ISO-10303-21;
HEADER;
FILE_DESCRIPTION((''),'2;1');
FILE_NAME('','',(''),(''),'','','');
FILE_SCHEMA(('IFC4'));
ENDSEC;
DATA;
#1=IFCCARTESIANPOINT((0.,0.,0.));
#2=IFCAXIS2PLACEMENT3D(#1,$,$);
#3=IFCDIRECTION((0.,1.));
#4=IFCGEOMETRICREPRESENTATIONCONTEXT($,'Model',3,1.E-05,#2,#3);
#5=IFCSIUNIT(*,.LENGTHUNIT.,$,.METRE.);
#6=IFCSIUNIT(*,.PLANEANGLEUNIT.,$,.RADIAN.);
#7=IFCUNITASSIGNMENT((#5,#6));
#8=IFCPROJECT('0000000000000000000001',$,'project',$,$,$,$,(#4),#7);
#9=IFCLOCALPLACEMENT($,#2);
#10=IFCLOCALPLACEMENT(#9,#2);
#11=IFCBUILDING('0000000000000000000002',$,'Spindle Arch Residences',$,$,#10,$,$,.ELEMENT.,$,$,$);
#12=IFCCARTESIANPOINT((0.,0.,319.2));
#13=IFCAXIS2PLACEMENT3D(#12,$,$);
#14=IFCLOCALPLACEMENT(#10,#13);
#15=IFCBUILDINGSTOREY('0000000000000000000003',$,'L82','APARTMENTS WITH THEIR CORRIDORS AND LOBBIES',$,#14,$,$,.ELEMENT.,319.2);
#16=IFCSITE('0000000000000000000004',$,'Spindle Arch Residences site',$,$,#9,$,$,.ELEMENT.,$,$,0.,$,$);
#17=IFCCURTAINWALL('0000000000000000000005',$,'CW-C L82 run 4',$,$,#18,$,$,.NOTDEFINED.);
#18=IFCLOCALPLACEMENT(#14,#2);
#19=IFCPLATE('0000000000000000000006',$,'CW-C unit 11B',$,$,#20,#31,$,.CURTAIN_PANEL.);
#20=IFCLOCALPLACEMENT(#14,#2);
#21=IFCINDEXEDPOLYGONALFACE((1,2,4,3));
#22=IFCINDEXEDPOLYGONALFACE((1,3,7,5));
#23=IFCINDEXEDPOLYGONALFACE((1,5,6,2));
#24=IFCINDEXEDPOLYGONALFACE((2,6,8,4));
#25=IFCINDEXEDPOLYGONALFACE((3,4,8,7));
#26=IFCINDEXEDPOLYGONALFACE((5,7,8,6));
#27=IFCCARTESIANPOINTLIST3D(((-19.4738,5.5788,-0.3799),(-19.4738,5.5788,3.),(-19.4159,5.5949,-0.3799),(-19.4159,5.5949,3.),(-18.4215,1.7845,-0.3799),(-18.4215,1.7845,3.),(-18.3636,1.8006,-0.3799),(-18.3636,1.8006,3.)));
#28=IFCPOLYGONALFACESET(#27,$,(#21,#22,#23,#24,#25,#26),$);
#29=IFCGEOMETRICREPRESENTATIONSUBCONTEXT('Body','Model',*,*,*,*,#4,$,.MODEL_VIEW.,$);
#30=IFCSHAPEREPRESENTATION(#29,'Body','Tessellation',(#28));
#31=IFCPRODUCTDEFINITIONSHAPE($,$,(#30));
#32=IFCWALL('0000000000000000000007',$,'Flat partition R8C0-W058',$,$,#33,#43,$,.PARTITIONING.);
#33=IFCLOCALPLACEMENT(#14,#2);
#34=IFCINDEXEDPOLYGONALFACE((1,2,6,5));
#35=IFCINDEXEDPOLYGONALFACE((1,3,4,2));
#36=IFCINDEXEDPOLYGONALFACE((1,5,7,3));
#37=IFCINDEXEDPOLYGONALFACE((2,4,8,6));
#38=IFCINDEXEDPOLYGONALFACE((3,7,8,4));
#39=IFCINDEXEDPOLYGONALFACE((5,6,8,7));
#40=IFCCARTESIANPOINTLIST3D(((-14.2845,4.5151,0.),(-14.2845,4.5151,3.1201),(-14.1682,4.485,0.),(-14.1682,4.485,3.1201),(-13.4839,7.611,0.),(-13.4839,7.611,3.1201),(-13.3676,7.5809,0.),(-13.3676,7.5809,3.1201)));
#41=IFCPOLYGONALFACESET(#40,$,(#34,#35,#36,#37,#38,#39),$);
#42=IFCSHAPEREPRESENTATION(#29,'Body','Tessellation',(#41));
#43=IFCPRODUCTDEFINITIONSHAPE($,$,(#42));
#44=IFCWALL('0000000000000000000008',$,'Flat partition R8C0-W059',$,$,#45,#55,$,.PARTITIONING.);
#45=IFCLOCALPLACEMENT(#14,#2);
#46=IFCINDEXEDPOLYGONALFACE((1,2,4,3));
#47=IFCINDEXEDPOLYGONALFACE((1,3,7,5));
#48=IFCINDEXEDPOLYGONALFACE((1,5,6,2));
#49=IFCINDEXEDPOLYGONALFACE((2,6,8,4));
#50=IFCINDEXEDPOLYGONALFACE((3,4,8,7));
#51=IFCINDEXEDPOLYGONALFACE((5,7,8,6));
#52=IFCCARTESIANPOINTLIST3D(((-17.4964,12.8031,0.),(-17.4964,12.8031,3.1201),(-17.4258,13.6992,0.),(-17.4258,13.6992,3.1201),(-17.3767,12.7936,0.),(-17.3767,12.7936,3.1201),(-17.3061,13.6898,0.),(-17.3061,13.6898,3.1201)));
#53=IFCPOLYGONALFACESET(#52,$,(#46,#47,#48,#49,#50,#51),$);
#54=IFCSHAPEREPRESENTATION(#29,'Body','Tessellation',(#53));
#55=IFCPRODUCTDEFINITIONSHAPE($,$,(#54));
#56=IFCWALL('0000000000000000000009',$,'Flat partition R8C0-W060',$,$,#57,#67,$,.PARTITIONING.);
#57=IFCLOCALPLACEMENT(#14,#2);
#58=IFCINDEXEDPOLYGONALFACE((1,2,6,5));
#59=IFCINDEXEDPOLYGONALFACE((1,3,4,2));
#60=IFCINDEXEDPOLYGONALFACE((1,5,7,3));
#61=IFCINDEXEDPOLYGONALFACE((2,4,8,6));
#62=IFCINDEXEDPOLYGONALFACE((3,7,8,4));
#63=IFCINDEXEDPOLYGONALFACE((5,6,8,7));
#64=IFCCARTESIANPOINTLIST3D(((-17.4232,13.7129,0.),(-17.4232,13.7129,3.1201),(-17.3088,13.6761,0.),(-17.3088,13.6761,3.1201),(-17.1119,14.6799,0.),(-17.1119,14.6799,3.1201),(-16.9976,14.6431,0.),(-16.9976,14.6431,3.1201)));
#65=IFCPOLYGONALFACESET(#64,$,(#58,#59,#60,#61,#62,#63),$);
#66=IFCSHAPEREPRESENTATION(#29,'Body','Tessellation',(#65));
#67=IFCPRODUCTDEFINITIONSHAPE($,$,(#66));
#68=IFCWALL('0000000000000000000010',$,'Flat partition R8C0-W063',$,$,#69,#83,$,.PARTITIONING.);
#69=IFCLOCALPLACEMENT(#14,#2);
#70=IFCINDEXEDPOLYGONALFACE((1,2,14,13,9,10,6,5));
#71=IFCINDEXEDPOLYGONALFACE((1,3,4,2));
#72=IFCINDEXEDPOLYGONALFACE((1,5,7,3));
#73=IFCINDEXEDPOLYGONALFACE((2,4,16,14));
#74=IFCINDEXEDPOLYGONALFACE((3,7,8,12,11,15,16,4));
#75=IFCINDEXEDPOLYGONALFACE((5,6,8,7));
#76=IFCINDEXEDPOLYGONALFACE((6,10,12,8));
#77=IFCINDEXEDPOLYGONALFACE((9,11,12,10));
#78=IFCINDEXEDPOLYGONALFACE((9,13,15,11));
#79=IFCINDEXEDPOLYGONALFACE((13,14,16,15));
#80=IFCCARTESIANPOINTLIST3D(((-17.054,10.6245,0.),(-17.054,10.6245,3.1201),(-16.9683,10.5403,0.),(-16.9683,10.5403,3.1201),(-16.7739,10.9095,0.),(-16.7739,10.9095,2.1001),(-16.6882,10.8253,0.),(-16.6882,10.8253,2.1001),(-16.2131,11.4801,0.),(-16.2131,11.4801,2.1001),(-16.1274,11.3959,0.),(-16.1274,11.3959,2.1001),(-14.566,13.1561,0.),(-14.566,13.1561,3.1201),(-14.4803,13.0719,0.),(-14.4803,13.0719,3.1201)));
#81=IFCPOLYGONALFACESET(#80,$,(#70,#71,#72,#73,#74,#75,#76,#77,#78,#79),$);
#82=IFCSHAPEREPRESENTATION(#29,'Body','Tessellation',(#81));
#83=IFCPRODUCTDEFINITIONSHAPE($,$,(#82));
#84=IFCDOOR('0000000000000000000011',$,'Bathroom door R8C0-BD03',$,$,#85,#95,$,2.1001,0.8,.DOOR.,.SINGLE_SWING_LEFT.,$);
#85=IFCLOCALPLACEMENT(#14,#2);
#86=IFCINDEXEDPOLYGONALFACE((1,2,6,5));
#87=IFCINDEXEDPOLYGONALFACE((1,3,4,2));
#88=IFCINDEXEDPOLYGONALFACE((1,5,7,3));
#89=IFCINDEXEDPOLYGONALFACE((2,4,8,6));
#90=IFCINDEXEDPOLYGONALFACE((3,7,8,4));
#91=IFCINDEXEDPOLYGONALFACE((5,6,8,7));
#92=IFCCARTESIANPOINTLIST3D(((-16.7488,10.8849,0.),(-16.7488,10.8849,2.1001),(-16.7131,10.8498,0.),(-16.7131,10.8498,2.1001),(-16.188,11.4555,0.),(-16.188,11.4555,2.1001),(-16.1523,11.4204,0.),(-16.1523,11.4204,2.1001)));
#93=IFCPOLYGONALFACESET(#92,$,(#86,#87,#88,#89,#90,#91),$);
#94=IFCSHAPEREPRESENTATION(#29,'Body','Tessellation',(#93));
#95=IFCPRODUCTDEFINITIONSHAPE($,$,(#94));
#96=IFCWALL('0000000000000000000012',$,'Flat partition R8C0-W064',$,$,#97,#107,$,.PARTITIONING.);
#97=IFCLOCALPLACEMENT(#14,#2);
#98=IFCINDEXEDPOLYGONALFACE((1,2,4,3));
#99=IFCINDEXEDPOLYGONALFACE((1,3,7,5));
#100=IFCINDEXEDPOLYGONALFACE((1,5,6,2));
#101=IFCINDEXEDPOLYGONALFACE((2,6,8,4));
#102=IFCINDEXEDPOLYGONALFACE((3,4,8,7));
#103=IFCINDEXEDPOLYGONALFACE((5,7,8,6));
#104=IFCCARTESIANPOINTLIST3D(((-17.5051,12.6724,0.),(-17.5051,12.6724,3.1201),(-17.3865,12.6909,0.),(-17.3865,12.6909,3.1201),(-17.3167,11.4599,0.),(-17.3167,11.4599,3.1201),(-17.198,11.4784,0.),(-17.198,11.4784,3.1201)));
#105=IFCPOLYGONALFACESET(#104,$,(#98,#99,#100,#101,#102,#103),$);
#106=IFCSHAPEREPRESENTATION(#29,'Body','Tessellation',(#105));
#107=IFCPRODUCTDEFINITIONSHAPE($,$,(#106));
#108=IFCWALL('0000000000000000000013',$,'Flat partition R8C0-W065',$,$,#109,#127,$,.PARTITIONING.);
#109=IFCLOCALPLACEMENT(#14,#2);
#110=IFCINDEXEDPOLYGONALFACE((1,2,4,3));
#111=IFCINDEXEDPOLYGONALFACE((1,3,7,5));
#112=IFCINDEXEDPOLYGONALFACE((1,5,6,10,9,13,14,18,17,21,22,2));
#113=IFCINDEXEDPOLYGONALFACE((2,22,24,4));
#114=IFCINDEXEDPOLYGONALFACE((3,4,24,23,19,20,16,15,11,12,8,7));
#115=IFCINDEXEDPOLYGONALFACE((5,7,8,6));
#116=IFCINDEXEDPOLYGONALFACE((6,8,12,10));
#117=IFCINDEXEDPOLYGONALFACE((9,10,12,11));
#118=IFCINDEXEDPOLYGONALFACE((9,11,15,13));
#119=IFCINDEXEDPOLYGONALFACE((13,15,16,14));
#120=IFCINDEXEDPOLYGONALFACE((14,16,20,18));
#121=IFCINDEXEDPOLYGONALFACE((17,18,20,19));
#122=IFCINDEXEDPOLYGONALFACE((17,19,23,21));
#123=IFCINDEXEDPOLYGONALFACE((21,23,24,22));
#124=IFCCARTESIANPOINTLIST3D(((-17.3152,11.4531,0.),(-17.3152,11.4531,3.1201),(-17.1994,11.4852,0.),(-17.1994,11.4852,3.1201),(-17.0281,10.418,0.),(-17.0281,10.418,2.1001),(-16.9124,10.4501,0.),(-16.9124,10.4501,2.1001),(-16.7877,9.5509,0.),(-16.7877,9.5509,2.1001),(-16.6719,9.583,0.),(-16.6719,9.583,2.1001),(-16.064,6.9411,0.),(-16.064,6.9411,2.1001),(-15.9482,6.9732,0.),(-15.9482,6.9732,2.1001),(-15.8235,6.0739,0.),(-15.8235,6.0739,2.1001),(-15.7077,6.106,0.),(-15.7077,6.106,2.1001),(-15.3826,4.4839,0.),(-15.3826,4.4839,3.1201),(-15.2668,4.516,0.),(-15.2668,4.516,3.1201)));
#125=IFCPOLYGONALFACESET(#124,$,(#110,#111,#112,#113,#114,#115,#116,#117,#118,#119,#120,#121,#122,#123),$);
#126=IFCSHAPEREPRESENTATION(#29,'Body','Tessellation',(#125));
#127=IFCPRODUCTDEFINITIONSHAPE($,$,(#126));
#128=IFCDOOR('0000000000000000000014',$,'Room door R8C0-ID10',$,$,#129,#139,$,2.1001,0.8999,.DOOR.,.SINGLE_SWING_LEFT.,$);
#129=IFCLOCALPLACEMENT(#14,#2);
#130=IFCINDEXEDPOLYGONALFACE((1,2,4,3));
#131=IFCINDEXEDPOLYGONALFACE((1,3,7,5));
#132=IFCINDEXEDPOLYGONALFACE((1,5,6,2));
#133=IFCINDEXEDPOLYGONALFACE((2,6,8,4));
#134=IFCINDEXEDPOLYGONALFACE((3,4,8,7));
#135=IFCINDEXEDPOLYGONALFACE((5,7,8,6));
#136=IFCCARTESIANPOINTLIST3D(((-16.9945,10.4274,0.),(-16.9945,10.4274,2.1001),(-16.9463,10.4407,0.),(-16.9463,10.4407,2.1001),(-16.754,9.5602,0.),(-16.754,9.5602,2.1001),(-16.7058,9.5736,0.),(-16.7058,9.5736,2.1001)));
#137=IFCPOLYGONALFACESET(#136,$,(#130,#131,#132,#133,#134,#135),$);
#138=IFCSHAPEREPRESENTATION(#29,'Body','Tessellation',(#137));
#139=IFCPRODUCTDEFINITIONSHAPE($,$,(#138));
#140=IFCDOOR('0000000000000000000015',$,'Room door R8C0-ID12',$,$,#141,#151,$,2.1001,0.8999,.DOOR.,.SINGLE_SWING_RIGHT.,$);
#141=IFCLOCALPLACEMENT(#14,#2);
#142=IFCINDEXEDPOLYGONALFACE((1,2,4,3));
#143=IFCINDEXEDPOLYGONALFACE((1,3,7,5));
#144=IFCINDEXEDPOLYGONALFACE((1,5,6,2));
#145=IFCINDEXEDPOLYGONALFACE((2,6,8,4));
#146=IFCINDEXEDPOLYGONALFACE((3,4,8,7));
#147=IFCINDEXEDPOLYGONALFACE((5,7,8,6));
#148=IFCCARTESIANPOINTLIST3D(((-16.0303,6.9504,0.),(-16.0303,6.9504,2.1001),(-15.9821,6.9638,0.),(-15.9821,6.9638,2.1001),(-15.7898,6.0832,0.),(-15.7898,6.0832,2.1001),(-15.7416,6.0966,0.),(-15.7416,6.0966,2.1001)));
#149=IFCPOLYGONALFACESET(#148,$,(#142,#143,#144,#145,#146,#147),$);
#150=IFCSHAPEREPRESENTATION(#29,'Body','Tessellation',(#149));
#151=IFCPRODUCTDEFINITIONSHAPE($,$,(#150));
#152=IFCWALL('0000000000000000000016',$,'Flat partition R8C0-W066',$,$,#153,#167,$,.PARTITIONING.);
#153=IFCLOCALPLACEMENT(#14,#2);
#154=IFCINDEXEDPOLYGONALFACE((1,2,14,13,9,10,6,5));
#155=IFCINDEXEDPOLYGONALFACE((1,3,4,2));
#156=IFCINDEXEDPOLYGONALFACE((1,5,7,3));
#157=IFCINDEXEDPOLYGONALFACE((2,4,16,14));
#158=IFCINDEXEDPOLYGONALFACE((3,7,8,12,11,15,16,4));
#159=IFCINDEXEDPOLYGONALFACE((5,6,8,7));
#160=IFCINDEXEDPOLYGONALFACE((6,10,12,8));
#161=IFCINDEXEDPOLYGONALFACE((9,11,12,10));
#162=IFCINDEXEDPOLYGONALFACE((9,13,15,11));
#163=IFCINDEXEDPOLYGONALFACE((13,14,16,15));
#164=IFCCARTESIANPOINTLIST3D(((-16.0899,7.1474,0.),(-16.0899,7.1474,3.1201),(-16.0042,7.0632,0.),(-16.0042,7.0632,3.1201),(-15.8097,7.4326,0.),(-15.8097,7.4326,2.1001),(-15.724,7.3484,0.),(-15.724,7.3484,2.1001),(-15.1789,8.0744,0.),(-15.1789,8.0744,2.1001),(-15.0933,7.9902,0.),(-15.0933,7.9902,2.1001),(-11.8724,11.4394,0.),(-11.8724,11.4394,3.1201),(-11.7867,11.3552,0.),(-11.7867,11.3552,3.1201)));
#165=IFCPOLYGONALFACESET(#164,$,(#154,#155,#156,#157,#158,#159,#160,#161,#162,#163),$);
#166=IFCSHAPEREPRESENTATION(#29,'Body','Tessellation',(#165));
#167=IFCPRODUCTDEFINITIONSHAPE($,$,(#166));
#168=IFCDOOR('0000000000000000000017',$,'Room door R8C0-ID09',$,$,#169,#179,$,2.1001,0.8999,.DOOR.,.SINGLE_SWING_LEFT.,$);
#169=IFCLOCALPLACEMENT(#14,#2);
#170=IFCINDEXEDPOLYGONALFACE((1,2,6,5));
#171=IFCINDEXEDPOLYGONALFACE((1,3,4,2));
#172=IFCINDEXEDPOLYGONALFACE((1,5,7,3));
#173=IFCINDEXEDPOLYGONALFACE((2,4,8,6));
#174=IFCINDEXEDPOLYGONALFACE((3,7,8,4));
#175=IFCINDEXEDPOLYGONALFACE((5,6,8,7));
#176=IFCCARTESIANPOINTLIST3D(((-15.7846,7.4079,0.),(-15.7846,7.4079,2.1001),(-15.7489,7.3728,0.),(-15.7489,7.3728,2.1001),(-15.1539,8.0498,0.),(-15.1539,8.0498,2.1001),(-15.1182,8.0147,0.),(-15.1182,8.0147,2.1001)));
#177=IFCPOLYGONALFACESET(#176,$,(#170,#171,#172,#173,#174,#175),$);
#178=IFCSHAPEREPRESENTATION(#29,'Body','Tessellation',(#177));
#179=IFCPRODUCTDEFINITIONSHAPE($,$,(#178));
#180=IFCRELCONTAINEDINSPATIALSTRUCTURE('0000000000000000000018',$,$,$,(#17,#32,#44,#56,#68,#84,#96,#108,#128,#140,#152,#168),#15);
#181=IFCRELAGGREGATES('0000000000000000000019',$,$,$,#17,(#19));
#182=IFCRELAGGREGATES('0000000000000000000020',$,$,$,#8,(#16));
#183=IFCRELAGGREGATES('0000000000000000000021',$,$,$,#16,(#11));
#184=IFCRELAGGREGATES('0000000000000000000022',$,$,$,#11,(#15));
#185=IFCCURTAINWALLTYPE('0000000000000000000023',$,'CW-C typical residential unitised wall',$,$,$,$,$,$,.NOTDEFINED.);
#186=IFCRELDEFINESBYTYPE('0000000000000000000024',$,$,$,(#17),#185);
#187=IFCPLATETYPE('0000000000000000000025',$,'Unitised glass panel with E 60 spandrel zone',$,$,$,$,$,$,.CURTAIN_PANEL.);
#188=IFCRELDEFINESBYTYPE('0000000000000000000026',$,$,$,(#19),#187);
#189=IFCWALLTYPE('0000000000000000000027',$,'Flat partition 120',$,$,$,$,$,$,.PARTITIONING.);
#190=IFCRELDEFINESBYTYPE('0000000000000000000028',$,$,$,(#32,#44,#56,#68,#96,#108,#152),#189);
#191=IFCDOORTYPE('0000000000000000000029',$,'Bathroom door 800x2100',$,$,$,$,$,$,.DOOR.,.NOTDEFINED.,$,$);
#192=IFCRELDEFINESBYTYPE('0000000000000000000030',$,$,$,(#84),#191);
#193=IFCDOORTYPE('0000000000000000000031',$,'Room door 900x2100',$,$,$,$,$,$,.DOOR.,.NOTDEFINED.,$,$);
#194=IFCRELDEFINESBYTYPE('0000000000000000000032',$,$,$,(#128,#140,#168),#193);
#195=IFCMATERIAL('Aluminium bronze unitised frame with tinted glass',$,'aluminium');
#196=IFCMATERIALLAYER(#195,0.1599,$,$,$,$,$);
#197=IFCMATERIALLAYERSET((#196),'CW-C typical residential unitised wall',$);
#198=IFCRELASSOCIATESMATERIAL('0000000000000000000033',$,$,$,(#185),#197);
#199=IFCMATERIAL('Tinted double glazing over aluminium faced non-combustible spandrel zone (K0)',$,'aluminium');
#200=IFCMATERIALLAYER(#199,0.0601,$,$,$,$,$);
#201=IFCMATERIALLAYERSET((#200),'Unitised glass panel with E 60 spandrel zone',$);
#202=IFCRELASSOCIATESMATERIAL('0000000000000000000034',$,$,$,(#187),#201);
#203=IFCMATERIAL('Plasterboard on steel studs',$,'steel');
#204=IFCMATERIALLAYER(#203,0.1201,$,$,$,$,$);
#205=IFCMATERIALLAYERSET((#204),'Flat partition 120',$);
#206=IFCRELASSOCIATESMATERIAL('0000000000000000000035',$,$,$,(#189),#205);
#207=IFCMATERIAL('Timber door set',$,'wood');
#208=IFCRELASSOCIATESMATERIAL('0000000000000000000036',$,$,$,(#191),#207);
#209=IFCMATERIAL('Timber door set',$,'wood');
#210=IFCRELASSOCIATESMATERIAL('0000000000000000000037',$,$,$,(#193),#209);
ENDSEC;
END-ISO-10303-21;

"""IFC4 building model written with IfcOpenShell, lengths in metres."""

from ifc_helpers import new_model, si_unit, direction, frame, frame_2d, origin, origin_2d, place, context, subcontext, project, spatial, rectangle, extrude, material, layer, layer_set, type_object, element, fill, aggregate, save


model = new_model("IFC4")

# Units and contexts
model_context = context("Model", 3, precision=1e-05, world=origin(), true_north=direction((0.0, 1.0)))
body_context = subcontext(model_context, "Body", "Model", "MODEL_VIEW")
ifc_project = project(units=[si_unit("LENGTHUNIT", "METRE"), si_unit("PLANEANGLEUNIT", "RADIAN")], contexts=[model_context])

# Site, building, storey
site_placement = place(None, origin())
site = spatial("IfcSite", under=ifc_project, at=site_placement, Name="Spindle Arch Residences site", CompositionType="ELEMENT", RefElevation=0.0)
building_placement = place(site_placement, origin())
building = spatial("IfcBuilding", under=site, at=building_placement, Name="Spindle Arch Residences", CompositionType="ELEMENT")
storey_placement = place(building_placement, frame((0.0, 0.0, 319.2)))
storey = spatial("IfcBuildingStorey", under=building, at=storey_placement, Name="L82", Description="APARTMENTS WITH THEIR CORRIDORS AND LOBBIES", CompositionType="ELEMENT", Elevation=319.2)

# Curtain wall
ifc_material_1 = material(Name="Aluminium bronze unitised frame with tinted glass", Category="aluminium")
ifc_layer_1 = layer(ifc_material_1, 0.1599)
ifc_layer_set_1 = layer_set([ifc_layer_1], Name="CW-C typical residential unitised wall")
curtain_wall_type_1 = type_object("IfcCurtainWallType", Name="CW-C typical residential unitised wall", PredefinedType="NOTDEFINED", material=ifc_layer_set_1)
curtain_wall_1_placement = place(storey_placement, origin())
curtain_wall_1 = element("IfcCurtainWall", 1, at=curtain_wall_1_placement, inside=storey, type_object=curtain_wall_type_1, Name="CW-C L82 run 4", PredefinedType="NOTDEFINED")

# Plate
ifc_material_2 = material(Name="Tinted double glazing over aluminium faced non-combustible spandrel zone (K0)", Category="aluminium")
ifc_layer_2 = layer(ifc_material_2, 0.0601)
ifc_layer_set_2 = layer_set([ifc_layer_2], Name="Unitised glass panel with E 60 spandrel zone")
plate_type = type_object("IfcPlateType", Name="Unitised glass panel with E 60 spandrel zone", PredefinedType="CURTAIN_PANEL", material=ifc_layer_set_2)
plate_1_placement = place(storey_placement, frame((-18.9187, 3.6897, -0.3799), z_axis=(0.0, 0.0, 1.0), x_axis=(0.267238, -0.96363, 0.0)))
plate_1 = element("IfcPlate", 2, at=plate_1_placement, type_object=plate_type, Name="CW-C unit 11B", PredefinedType="CURTAIN_PANEL", context=body_context, shape_type="SweptSolid", body=[
    extrude(rectangle(XDim=3.9375, YDim=0.0601, at=origin_2d()), origin(), (0.0, 0.0, 1.0), 3.3799),
])
aggregate(curtain_wall_1, [plate_1])

# Walls
ifc_material_3 = material(Name="Plasterboard on steel studs", Category="steel")
ifc_layer_3 = layer(ifc_material_3, 0.1201)
ifc_layer_set_3 = layer_set([ifc_layer_3], Name="Flat partition 120")
wall_type = type_object("IfcWallType", Name="Flat partition 120", PredefinedType="PARTITIONING", material=ifc_layer_set_3)
wall_1_placement = place(storey_placement, frame((-13.4258, 7.5959, 0.0), z_axis=(0.0, 0.0, 1.0), x_axis=(-0.250342, -0.968157, 0.0)))
element("IfcWall", 3, at=wall_1_placement, inside=storey, type_object=wall_type, Name="Flat partition R8C0-W058", PredefinedType="PARTITIONING", context=body_context, shape_type="SweptSolid", body=[
    extrude(rectangle(XDim=3.1978, YDim=0.1201, at=frame_2d((1.5989, 0.0))), origin(), (0.0, 0.0, 1.0), 3.1201),
])
wall_2_placement = place(storey_placement, frame((-17.4365, 12.7983, 0.0), z_axis=(0.0, 0.0, 1.0), x_axis=(0.078482, 0.996916, 0.0)))
element("IfcWall", 4, at=wall_2_placement, inside=storey, type_object=wall_type, Name="Flat partition R8C0-W059", PredefinedType="PARTITIONING", context=body_context, shape_type="SweptSolid", body=[
    extrude(rectangle(XDim=0.8989, YDim=0.1201, at=frame_2d((0.4495, 0.0))), origin(), (0.0, 0.0, 1.0), 3.1201),
])
wall_3_placement = place(storey_placement, frame((-17.366, 13.6946, 0.0), z_axis=(0.0, 0.0, 1.0), x_axis=(0.306406, 0.951901, 0.0)))
element("IfcWall", 5, at=wall_3_placement, inside=storey, type_object=wall_type, Name="Flat partition R8C0-W060", PredefinedType="PARTITIONING", context=body_context, shape_type="SweptSolid", body=[
    extrude(rectangle(XDim=1.0159, YDim=0.1201, at=frame_2d((0.5078, 0.0))), origin(), (0.0, 0.0, 1.0), 3.1201),
])

# Wall, opening, door
wall_4_placement = place(storey_placement, frame((-17.0112, 10.5823, 0.0), z_axis=(0.0, 0.0, 1.0), x_axis=(0.700924, 0.713236, 0.0)))
wall_4 = element("IfcWall", 6, at=wall_4_placement, inside=storey, type_object=wall_type, Name="Flat partition R8C0-W063", PredefinedType="PARTITIONING", context=body_context, shape_type="SweptSolid", body=[
    extrude(rectangle(XDim=3.5496, YDim=0.1201, at=frame_2d((1.7749, 0.0))), origin(), (0.0, 0.0, 1.0), 3.1201),
])
opening_1_placement = place(wall_4_placement, frame((0.3999, 0.0, 0.0)))
opening_1 = element("IfcOpeningElement", 7, at=opening_1_placement, cuts=wall_4, PredefinedType="OPENING", context=body_context, shape_type="SweptSolid", body=[
    extrude(rectangle(XDim=0.8, YDim=2.1001, at=frame_2d((0.3999, 1.05))), frame((0.0, 0.0701, 0.0), z_axis=(0.0, -1.0, 0.0), x_axis=(1.0, 0.0, 0.0)), (0.0, 0.0, 1.0), 0.1401),
])
ifc_material_4 = material(Name="Timber door set", Category="wood")
door_type_1 = type_object("IfcDoorType", Name="Bathroom door 800x2100", OperationType="NOTDEFINED", PredefinedType="DOOR", material=ifc_material_4)
door_1_placement = place(opening_1_placement, origin())
door_1 = element("IfcDoor", 8, at=door_1_placement, inside=storey, type_object=door_type_1, Name="Bathroom door R8C0-BD03", OperationType="SINGLE_SWING_LEFT", OverallHeight=2.1001, OverallWidth=0.8, PredefinedType="DOOR", context=body_context, shape_type="SweptSolid", body=[
    extrude(rectangle(XDim=0.8, YDim=2.1001, at=frame_2d((0.3999, 1.05))), frame((0.0, 0.0249, 0.0), z_axis=(0.0, -1.0, 0.0), x_axis=(1.0, 0.0, 0.0)), (0.0, 0.0, 1.0), 0.05),
])
fill(opening_1, door_1)

# Wall
wall_5_placement = place(storey_placement, frame((-17.4458, 12.6816, 0.0), z_axis=(0.0, 0.0, 1.0), x_axis=(0.153612, -0.988131, 0.0)))
element("IfcWall", 9, at=wall_5_placement, inside=storey, type_object=wall_type, Name="Flat partition R8C0-W064", PredefinedType="PARTITIONING", context=body_context, shape_type="SweptSolid", body=[
    extrude(rectangle(XDim=1.2271, YDim=0.1201, at=frame_2d((0.6135, 0.0))), origin(), (0.0, 0.0, 1.0), 3.1201),
])

# Wall, openings, doors
wall_6_placement = place(storey_placement, frame((-17.2573, 11.4692, 0.0), z_axis=(0.0, 0.0, 1.0), x_axis=(0.267223, -0.963635, 0.0)))
wall_6 = element("IfcWall", 10, at=wall_6_placement, inside=storey, type_object=wall_type, Name="Flat partition R8C0-W065", PredefinedType="PARTITIONING", context=body_context, shape_type="SweptSolid", body=[
    extrude(rectangle(XDim=7.2322, YDim=0.1201, at=frame_2d((3.6162, 0.0))), origin(), (0.0, 0.0, 1.0), 3.1201),
])
opening_2_placement = place(wall_6_placement, frame((1.0742, 0.0, 0.0)))
opening_2 = element("IfcOpeningElement", 11, at=opening_2_placement, cuts=wall_6, PredefinedType="OPENING", context=body_context, shape_type="SweptSolid", body=[
    extrude(rectangle(XDim=0.8999, YDim=2.1001, at=frame_2d((0.45, 1.05))), frame((0.0, 0.0701, 0.0), z_axis=(0.0, -1.0, 0.0), x_axis=(1.0, 0.0, 0.0)), (0.0, 0.0, 1.0), 0.1401),
])
opening_3_placement = place(wall_6_placement, frame((4.6824, 0.0, 0.0)))
opening_3 = element("IfcOpeningElement", 12, at=opening_3_placement, cuts=wall_6, PredefinedType="OPENING", context=body_context, shape_type="SweptSolid", body=[
    extrude(rectangle(XDim=0.8999, YDim=2.1001, at=frame_2d((0.45, 1.05))), frame((0.0, 0.0701, 0.0), z_axis=(0.0, -1.0, 0.0), x_axis=(1.0, 0.0, 0.0)), (0.0, 0.0, 1.0), 0.1401),
])
ifc_material_5 = material(Name="Timber door set", Category="wood")
door_type_2 = type_object("IfcDoorType", Name="Room door 900x2100", OperationType="NOTDEFINED", PredefinedType="DOOR", material=ifc_material_5)
door_2_placement = place(opening_2_placement, origin())
door_2 = element("IfcDoor", 13, at=door_2_placement, inside=storey, type_object=door_type_2, Name="Room door R8C0-ID10", OperationType="SINGLE_SWING_LEFT", OverallHeight=2.1001, OverallWidth=0.8999, PredefinedType="DOOR", context=body_context, shape_type="SweptSolid", body=[
    extrude(rectangle(XDim=0.8999, YDim=2.1001, at=frame_2d((0.45, 1.05))), frame((0.0, 0.0249, 0.0), z_axis=(0.0, -1.0, 0.0), x_axis=(1.0, 0.0, 0.0)), (0.0, 0.0, 1.0), 0.05),
])
fill(opening_2, door_2)
door_3_placement = place(opening_3_placement, origin())
door_3 = element("IfcDoor", 14, at=door_3_placement, inside=storey, type_object=door_type_2, Name="Room door R8C0-ID12", OperationType="SINGLE_SWING_RIGHT", OverallHeight=2.1001, OverallWidth=0.8999, PredefinedType="DOOR", context=body_context, shape_type="SweptSolid", body=[
    extrude(rectangle(XDim=0.8999, YDim=2.1001, at=frame_2d((0.45, 1.05))), frame((0.0, 0.0249, 0.0), z_axis=(0.0, -1.0, 0.0), x_axis=(1.0, 0.0, 0.0)), (0.0, 0.0, 1.0), 0.05),
])
fill(opening_3, door_3)

# Wall, opening, door
wall_7_placement = place(storey_placement, frame((-16.0471, 7.1052, 0.0), z_axis=(0.0, 0.0, 1.0), x_axis=(0.700892, 0.713267, 0.0)))
wall_7 = element("IfcWall", 15, at=wall_7_placement, inside=storey, type_object=wall_type, Name="Flat partition R8C0-W066", PredefinedType="PARTITIONING", context=body_context, shape_type="SweptSolid", body=[
    extrude(rectangle(XDim=6.0173, YDim=0.1201, at=frame_2d((3.0088, 0.0))), origin(), (0.0, 0.0, 1.0), 3.1201),
])
opening_4_placement = place(wall_7_placement, frame((0.3999, 0.0, 0.0)))
opening_4 = element("IfcOpeningElement", 16, at=opening_4_placement, cuts=wall_7, PredefinedType="OPENING", context=body_context, shape_type="SweptSolid", body=[
    extrude(rectangle(XDim=0.8999, YDim=2.1001, at=frame_2d((0.45, 1.05))), frame((0.0, 0.0701, 0.0), z_axis=(0.0, -1.0, 0.0), x_axis=(1.0, 0.0, 0.0)), (0.0, 0.0, 1.0), 0.1401),
])
door_4_placement = place(opening_4_placement, origin())
door_4 = element("IfcDoor", 17, at=door_4_placement, inside=storey, type_object=door_type_2, Name="Room door R8C0-ID09", OperationType="SINGLE_SWING_LEFT", OverallHeight=2.1001, OverallWidth=0.8999, PredefinedType="DOOR", context=body_context, shape_type="SweptSolid", body=[
    extrude(rectangle(XDim=0.8999, YDim=2.1001, at=frame_2d((0.45, 1.05))), frame((0.0, 0.0249, 0.0), z_axis=(0.0, -1.0, 0.0), x_axis=(1.0, 0.0, 0.0)), (0.0, 0.0, 1.0), 0.05),
])
fill(opening_4, door_4)

save(model, "model.ifc")
